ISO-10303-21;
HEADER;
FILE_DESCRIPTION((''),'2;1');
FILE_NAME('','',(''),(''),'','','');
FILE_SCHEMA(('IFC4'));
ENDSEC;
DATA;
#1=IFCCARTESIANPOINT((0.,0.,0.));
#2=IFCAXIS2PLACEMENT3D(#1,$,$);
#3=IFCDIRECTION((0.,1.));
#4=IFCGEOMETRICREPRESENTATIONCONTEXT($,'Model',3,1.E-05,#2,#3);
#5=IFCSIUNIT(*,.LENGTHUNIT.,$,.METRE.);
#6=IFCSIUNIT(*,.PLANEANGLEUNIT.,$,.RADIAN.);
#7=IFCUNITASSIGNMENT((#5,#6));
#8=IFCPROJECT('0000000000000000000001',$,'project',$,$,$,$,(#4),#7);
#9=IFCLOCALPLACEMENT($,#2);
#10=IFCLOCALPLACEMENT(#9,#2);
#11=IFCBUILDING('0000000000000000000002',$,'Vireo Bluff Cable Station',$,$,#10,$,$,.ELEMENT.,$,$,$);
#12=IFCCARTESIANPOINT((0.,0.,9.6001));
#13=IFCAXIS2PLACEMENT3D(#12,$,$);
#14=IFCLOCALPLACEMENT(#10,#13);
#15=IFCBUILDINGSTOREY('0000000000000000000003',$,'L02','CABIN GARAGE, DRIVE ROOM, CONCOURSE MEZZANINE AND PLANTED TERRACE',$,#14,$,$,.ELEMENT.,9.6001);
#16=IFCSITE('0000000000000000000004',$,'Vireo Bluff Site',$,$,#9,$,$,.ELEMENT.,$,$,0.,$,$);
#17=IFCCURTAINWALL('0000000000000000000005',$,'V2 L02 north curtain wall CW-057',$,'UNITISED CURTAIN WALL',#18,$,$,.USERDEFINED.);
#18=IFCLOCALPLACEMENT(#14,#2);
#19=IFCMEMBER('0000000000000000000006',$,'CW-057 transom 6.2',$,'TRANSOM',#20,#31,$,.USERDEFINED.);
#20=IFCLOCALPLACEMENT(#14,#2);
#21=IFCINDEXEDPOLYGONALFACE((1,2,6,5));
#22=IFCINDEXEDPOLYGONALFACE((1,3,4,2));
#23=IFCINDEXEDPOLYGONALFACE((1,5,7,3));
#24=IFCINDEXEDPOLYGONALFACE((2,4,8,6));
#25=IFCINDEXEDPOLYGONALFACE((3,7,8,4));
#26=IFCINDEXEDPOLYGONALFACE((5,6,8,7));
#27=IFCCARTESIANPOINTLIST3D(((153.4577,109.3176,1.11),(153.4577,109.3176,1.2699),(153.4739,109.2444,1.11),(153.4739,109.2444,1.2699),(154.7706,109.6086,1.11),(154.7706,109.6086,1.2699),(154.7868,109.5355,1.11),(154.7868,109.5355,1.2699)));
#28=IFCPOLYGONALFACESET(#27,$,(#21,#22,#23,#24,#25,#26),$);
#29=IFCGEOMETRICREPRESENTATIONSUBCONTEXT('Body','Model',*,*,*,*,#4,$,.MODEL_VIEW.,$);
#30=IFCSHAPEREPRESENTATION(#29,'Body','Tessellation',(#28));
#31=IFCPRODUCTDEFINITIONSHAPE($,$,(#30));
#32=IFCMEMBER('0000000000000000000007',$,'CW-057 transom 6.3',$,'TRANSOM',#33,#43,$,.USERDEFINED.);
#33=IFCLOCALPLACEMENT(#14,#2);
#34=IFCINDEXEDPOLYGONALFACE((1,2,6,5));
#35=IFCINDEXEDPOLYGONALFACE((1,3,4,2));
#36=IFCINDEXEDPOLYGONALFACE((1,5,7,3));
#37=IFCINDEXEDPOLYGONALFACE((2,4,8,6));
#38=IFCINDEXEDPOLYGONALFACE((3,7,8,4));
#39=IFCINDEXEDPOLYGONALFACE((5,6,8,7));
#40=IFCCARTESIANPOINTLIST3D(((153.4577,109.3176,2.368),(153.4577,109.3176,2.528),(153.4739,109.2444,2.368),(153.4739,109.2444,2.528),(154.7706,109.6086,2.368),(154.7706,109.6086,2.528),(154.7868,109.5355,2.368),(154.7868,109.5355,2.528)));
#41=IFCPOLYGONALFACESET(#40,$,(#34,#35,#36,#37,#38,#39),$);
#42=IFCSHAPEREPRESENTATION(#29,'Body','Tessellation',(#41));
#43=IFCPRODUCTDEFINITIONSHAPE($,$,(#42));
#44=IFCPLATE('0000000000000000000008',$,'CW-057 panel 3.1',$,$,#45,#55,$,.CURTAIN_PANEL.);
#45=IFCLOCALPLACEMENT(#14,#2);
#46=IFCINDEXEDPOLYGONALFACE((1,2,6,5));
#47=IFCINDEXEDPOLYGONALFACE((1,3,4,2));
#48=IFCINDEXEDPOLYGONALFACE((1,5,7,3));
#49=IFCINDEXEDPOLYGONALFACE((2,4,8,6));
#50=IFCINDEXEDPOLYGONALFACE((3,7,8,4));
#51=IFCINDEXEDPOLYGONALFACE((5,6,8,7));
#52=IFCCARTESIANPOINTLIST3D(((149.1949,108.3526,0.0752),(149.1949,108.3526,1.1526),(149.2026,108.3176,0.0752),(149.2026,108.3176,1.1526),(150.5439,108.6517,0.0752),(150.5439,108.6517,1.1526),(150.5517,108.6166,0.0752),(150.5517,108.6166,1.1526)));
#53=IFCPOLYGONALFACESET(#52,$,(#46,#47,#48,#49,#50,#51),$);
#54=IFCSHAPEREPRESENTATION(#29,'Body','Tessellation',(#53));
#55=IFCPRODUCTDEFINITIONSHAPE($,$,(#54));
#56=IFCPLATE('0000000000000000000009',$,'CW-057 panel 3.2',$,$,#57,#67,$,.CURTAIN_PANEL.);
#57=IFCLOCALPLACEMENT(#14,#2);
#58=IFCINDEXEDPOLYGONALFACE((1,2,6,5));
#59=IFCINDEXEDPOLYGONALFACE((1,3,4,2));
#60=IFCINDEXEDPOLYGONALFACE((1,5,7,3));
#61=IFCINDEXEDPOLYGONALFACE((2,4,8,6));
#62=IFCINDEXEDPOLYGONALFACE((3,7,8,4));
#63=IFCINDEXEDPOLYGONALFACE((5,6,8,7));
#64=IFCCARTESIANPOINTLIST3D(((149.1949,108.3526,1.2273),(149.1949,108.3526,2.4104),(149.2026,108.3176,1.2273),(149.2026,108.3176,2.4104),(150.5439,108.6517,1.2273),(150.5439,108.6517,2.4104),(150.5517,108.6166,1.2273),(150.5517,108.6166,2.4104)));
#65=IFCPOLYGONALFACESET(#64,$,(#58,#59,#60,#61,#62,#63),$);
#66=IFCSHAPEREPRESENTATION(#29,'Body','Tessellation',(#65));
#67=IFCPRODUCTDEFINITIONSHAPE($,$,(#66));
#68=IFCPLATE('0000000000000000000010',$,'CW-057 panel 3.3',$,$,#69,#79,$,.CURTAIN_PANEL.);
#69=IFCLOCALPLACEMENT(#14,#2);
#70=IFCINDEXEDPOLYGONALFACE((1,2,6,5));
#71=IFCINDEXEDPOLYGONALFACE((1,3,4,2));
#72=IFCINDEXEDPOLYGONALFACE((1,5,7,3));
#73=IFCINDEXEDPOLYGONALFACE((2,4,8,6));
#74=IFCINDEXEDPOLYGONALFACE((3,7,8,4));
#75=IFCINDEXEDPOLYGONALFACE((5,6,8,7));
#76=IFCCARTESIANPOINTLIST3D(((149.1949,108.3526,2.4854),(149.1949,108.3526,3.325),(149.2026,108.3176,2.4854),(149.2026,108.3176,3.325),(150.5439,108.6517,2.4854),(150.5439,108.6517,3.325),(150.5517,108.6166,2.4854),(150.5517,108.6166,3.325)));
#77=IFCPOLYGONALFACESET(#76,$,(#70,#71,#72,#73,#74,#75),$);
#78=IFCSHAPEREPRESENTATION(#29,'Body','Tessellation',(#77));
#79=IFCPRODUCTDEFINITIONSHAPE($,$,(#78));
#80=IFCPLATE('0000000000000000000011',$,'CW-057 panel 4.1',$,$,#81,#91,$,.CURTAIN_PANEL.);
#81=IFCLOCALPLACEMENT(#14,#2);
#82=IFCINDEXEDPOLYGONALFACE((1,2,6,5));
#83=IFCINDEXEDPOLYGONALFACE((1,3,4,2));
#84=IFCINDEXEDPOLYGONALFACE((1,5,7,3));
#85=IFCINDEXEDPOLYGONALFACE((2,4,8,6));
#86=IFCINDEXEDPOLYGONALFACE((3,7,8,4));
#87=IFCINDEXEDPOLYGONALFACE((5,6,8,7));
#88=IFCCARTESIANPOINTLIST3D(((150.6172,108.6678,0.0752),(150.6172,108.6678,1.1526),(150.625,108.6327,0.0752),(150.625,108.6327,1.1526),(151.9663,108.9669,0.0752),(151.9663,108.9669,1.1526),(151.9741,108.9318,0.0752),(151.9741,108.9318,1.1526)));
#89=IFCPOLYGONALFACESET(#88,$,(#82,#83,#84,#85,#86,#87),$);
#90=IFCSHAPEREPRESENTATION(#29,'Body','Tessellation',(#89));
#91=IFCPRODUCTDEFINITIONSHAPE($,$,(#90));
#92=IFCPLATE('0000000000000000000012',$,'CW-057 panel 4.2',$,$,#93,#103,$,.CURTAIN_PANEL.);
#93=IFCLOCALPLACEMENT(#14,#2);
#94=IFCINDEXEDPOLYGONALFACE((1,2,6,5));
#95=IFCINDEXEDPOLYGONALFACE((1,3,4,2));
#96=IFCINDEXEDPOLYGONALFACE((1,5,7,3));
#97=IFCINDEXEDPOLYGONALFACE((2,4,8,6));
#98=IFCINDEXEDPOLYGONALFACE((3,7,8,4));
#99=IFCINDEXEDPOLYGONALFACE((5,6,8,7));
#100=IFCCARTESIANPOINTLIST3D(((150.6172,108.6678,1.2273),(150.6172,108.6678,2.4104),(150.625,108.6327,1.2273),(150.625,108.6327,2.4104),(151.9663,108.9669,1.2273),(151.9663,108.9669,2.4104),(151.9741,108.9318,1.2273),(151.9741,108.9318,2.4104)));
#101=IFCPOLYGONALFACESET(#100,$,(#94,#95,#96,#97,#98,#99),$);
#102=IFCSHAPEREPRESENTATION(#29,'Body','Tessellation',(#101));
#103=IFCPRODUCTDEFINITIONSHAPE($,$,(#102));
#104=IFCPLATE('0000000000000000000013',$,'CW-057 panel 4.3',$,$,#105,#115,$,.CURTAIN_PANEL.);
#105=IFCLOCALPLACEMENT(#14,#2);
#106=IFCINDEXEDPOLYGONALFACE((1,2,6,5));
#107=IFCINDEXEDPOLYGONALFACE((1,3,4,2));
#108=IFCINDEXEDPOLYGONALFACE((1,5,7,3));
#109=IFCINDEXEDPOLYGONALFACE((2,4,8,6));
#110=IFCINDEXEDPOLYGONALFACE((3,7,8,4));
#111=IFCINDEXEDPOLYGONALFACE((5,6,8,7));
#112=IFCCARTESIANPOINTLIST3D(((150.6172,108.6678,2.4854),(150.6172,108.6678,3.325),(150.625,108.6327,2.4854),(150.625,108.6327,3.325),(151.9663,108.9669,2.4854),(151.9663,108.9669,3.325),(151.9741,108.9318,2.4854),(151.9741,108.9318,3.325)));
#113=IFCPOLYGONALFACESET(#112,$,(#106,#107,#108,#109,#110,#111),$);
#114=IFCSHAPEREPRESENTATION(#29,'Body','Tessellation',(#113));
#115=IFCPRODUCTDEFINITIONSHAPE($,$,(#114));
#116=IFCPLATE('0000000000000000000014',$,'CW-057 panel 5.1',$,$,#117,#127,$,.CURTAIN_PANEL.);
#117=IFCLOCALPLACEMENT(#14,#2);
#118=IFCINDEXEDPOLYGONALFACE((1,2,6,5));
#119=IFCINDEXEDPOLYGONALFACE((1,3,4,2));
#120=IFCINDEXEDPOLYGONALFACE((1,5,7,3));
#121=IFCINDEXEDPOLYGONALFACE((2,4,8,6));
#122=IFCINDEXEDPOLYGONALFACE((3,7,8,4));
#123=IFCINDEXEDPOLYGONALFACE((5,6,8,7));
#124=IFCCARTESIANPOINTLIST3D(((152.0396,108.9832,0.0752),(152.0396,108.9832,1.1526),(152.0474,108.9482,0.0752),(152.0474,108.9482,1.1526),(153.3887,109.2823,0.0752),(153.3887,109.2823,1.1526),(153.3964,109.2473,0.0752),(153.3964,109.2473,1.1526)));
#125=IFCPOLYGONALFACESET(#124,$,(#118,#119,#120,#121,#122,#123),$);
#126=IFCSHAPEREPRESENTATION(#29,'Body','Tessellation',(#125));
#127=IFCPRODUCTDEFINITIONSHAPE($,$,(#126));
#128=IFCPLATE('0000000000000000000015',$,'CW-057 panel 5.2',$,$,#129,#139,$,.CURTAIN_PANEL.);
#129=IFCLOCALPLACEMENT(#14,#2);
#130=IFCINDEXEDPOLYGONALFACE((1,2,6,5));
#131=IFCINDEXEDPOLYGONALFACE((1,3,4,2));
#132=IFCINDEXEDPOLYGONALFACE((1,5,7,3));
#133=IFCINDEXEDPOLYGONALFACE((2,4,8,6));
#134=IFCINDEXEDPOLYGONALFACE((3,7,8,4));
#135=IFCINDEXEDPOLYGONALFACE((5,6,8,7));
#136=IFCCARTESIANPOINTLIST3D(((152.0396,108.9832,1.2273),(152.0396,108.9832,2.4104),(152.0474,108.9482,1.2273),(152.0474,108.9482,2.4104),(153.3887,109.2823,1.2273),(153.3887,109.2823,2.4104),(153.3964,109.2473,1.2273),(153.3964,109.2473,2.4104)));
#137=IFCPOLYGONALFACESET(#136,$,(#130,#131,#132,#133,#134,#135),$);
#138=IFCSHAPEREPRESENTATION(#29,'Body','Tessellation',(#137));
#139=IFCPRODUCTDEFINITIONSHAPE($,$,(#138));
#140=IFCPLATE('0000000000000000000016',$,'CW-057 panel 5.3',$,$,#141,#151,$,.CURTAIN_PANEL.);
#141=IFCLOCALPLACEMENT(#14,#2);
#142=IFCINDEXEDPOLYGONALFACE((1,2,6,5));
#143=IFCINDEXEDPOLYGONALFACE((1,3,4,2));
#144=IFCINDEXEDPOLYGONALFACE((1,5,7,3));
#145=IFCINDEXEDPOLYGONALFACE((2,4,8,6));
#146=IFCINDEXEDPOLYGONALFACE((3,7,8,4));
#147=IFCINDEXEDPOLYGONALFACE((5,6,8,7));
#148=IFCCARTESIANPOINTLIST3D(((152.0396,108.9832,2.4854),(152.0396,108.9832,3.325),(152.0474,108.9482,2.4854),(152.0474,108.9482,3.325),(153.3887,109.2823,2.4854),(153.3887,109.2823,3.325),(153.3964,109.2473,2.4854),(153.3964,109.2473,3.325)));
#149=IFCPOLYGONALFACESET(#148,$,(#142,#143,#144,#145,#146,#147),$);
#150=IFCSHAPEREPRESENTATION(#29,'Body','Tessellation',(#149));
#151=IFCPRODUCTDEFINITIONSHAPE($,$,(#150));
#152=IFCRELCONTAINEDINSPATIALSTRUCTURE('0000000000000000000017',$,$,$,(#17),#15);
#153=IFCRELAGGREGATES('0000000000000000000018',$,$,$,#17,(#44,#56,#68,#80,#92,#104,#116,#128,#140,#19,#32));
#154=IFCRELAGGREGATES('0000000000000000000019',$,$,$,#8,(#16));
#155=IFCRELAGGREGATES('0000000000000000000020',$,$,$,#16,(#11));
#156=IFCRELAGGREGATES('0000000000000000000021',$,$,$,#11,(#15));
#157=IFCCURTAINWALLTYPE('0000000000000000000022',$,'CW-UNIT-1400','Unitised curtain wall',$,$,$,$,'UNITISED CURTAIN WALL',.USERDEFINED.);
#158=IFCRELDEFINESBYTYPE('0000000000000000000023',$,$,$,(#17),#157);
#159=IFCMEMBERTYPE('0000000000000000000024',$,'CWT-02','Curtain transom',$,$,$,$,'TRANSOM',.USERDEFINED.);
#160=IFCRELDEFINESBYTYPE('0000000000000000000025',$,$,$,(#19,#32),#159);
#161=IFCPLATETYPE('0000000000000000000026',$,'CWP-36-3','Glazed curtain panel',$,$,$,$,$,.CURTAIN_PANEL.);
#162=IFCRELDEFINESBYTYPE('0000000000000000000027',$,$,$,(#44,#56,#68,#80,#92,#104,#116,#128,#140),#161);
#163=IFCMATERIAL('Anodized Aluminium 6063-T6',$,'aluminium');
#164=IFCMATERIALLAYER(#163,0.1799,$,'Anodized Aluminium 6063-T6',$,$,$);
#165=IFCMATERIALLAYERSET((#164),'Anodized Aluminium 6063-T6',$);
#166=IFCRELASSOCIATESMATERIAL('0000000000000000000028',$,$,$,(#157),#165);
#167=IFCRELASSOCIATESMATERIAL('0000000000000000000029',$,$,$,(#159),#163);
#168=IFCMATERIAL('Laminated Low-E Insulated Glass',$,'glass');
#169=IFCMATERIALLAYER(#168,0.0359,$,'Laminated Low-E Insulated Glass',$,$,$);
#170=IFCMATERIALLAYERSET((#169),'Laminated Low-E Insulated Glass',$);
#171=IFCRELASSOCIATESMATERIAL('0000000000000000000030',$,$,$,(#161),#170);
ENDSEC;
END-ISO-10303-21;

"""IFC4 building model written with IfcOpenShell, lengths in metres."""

from ifc_helpers import new_model, si_unit, direction, frame, origin, origin_2d, place, context, subcontext, project, spatial, rectangle, extrude, material, layer, layer_set, material_profile, profile_set, type_object, element, aggregate, save


model = new_model("IFC4")

# Units and contexts
model_context = context("Model", 3, precision=1e-05, world=origin(), true_north=direction((0.0, 1.0)))
body_context = subcontext(model_context, "Body", "Model", "MODEL_VIEW")
ifc_project = project(units=[si_unit("LENGTHUNIT", "METRE"), si_unit("PLANEANGLEUNIT", "RADIAN")], contexts=[model_context])

# Site, building, storey
site_placement = place(None, origin())
site = spatial("IfcSite", under=ifc_project, at=site_placement, Name="Vireo Bluff Site", CompositionType="ELEMENT", RefElevation=0.0)
building_placement = place(site_placement, origin())
building = spatial("IfcBuilding", under=site, at=building_placement, Name="Vireo Bluff Cable Station", CompositionType="ELEMENT")
storey_placement = place(building_placement, frame((0.0, 0.0, 9.6001)))
storey = spatial("IfcBuildingStorey", under=building, at=storey_placement, Name="L02", Description="CABIN GARAGE, DRIVE ROOM, CONCOURSE MEZZANINE AND PLANTED TERRACE", CompositionType="ELEMENT", Elevation=9.6001)

# Curtain wall, members, plates
ifc_material_1 = material(Name="Anodized Aluminium 6063-T6", Category="aluminium")
ifc_layer_1 = layer(ifc_material_1, 0.1799, Name="Anodized Aluminium 6063-T6")
ifc_layer_set_1 = layer_set([ifc_layer_1], Name="Anodized Aluminium 6063-T6")
curtain_wall_type = type_object("IfcCurtainWallType", Name="CW-UNIT-1400", Description="Unitised curtain wall", ElementType="UNITISED CURTAIN WALL", PredefinedType="USERDEFINED", material=ifc_layer_set_1)
curtain_wall_placement = place(storey_placement, origin())
curtain_wall = element("IfcCurtainWall", 1, at=curtain_wall_placement, inside=storey, type_object=curtain_wall_type, Name="V2 L02 north curtain wall CW-057", ObjectType="UNITISED CURTAIN WALL", PredefinedType="USERDEFINED")
ifc_material_profile_1 = material_profile(ifc_material_1, rectangle(XDim=0.075, YDim=0.1599, at=origin_2d()), Name="ALU-T-75X160")
ifc_profile_set_1 = profile_set([ifc_material_profile_1], Name="Anodized Aluminium 6063-T6")
member_type_1 = type_object("IfcMemberType", Name="CWT-02", Description="Curtain transom", ElementType="TRANSOM", PredefinedType="USERDEFINED", material=ifc_profile_set_1)
member_1_placement = place(storey_placement, frame((153.4658, 109.281, 1.1899), z_axis=(0.976298, 0.216431, 0.0), x_axis=(-0.216431, 0.976298, 0.0)))
member_1 = element("IfcMember", 2, at=member_1_placement, type_object=member_type_1, Name="CW-057 transom 6.2", ObjectType="TRANSOM", PredefinedType="USERDEFINED", context=body_context, shape_type="SweptSolid", body=[
    extrude(rectangle(XDim=0.075, YDim=0.1599, at=origin_2d()), origin(), (0.0, 0.0, 1.0), 1.3447),
])
member_2_placement = place(storey_placement, frame((153.4658, 109.281, 2.448), z_axis=(0.976298, 0.216431, 0.0), x_axis=(-0.216431, 0.976298, 0.0)))
member_2 = element("IfcMember", 3, at=member_2_placement, type_object=member_type_1, Name="CW-057 transom 6.3", ObjectType="TRANSOM", PredefinedType="USERDEFINED", context=body_context, shape_type="SweptSolid", body=[
    extrude(rectangle(XDim=0.075, YDim=0.1599, at=origin_2d()), origin(), (0.0, 0.0, 1.0), 1.3447),
])
ifc_material_2 = material(Name="Laminated Low-E Insulated Glass", Category="glass")
ifc_layer_2 = layer(ifc_material_2, 0.0359, Name="Laminated Low-E Insulated Glass")
ifc_layer_set_2 = layer_set([ifc_layer_2], Name="Laminated Low-E Insulated Glass")
plate_type = type_object("IfcPlateType", Name="CWP-36-3", Description="Glazed curtain panel", PredefinedType="CURTAIN_PANEL", material=ifc_layer_set_2)
plate_1_placement = place(storey_placement, frame((149.8733, 108.4846, 0.0752), z_axis=(0.0, 0.0, 1.0), x_axis=(0.976296, 0.21644, 0.0)))
plate_1 = element("IfcPlate", 4, at=plate_1_placement, type_object=plate_type, Name="CW-057 panel 3.1", PredefinedType="CURTAIN_PANEL", context=body_context, shape_type="SweptSolid", body=[
    extrude(rectangle(XDim=1.3818, YDim=0.0359, at=origin_2d()), origin(), (0.0, 0.0, 1.0), 1.0774),
])
plate_2_placement = place(storey_placement, frame((149.8733, 108.4846, 1.2273), z_axis=(0.0, 0.0, 1.0), x_axis=(0.976296, 0.21644, 0.0)))
plate_2 = element("IfcPlate", 5, at=plate_2_placement, type_object=plate_type, Name="CW-057 panel 3.2", PredefinedType="CURTAIN_PANEL", context=body_context, shape_type="SweptSolid", body=[
    extrude(rectangle(XDim=1.3818, YDim=0.0359, at=origin_2d()), origin(), (0.0, 0.0, 1.0), 1.1831),
])
plate_3_placement = place(storey_placement, frame((149.8733, 108.4846, 2.4854), z_axis=(0.0, 0.0, 1.0), x_axis=(0.976296, 0.21644, 0.0)))
plate_3 = element("IfcPlate", 6, at=plate_3_placement, type_object=plate_type, Name="CW-057 panel 3.3", PredefinedType="CURTAIN_PANEL", context=body_context, shape_type="SweptSolid", body=[
    extrude(rectangle(XDim=1.3818, YDim=0.0359, at=origin_2d()), origin(), (0.0, 0.0, 1.0), 0.8396),
])
plate_4_placement = place(storey_placement, frame((151.2957, 108.7998, 0.0752), z_axis=(0.0, 0.0, 1.0), x_axis=(0.976296, 0.21644, 0.0)))
plate_4 = element("IfcPlate", 7, at=plate_4_placement, type_object=plate_type, Name="CW-057 panel 4.1", PredefinedType="CURTAIN_PANEL", context=body_context, shape_type="SweptSolid", body=[
    extrude(rectangle(XDim=1.3818, YDim=0.0359, at=origin_2d()), origin(), (0.0, 0.0, 1.0), 1.0774),
])
plate_5_placement = place(storey_placement, frame((151.2957, 108.7998, 1.2273), z_axis=(0.0, 0.0, 1.0), x_axis=(0.976296, 0.21644, 0.0)))
plate_5 = element("IfcPlate", 8, at=plate_5_placement, type_object=plate_type, Name="CW-057 panel 4.2", PredefinedType="CURTAIN_PANEL", context=body_context, shape_type="SweptSolid", body=[
    extrude(rectangle(XDim=1.3818, YDim=0.0359, at=origin_2d()), origin(), (0.0, 0.0, 1.0), 1.1831),
])
plate_6_placement = place(storey_placement, frame((151.2957, 108.7998, 2.4854), z_axis=(0.0, 0.0, 1.0), x_axis=(0.976296, 0.21644, 0.0)))
plate_6 = element("IfcPlate", 9, at=plate_6_placement, type_object=plate_type, Name="CW-057 panel 4.3", PredefinedType="CURTAIN_PANEL", context=body_context, shape_type="SweptSolid", body=[
    extrude(rectangle(XDim=1.3818, YDim=0.0359, at=origin_2d()), origin(), (0.0, 0.0, 1.0), 0.8396),
])
plate_7_placement = place(storey_placement, frame((152.718, 109.1152, 0.0752), z_axis=(0.0, 0.0, 1.0), x_axis=(0.976296, 0.21644, 0.0)))
plate_7 = element("IfcPlate", 10, at=plate_7_placement, type_object=plate_type, Name="CW-057 panel 5.1", PredefinedType="CURTAIN_PANEL", context=body_context, shape_type="SweptSolid", body=[
    extrude(rectangle(XDim=1.3818, YDim=0.0359, at=origin_2d()), origin(), (0.0, 0.0, 1.0), 1.0774),
])
plate_8_placement = place(storey_placement, frame((152.718, 109.1152, 1.2273), z_axis=(0.0, 0.0, 1.0), x_axis=(0.976296, 0.21644, 0.0)))
plate_8 = element("IfcPlate", 11, at=plate_8_placement, type_object=plate_type, Name="CW-057 panel 5.2", PredefinedType="CURTAIN_PANEL", context=body_context, shape_type="SweptSolid", body=[
    extrude(rectangle(XDim=1.3818, YDim=0.0359, at=origin_2d()), origin(), (0.0, 0.0, 1.0), 1.1831),
])
plate_9_placement = place(storey_placement, frame((152.718, 109.1152, 2.4854), z_axis=(0.0, 0.0, 1.0), x_axis=(0.976296, 0.21644, 0.0)))
plate_9 = element("IfcPlate", 12, at=plate_9_placement, type_object=plate_type, Name="CW-057 panel 5.3", PredefinedType="CURTAIN_PANEL", context=body_context, shape_type="SweptSolid", body=[
    extrude(rectangle(XDim=1.3818, YDim=0.0359, at=origin_2d()), origin(), (0.0, 0.0, 1.0), 0.8396),
])
aggregate(curtain_wall, [plate_1, plate_2, plate_3, plate_4, plate_5, plate_6, plate_7, plate_8, plate_9, member_1, member_2])

save(model, "model.ifc")
